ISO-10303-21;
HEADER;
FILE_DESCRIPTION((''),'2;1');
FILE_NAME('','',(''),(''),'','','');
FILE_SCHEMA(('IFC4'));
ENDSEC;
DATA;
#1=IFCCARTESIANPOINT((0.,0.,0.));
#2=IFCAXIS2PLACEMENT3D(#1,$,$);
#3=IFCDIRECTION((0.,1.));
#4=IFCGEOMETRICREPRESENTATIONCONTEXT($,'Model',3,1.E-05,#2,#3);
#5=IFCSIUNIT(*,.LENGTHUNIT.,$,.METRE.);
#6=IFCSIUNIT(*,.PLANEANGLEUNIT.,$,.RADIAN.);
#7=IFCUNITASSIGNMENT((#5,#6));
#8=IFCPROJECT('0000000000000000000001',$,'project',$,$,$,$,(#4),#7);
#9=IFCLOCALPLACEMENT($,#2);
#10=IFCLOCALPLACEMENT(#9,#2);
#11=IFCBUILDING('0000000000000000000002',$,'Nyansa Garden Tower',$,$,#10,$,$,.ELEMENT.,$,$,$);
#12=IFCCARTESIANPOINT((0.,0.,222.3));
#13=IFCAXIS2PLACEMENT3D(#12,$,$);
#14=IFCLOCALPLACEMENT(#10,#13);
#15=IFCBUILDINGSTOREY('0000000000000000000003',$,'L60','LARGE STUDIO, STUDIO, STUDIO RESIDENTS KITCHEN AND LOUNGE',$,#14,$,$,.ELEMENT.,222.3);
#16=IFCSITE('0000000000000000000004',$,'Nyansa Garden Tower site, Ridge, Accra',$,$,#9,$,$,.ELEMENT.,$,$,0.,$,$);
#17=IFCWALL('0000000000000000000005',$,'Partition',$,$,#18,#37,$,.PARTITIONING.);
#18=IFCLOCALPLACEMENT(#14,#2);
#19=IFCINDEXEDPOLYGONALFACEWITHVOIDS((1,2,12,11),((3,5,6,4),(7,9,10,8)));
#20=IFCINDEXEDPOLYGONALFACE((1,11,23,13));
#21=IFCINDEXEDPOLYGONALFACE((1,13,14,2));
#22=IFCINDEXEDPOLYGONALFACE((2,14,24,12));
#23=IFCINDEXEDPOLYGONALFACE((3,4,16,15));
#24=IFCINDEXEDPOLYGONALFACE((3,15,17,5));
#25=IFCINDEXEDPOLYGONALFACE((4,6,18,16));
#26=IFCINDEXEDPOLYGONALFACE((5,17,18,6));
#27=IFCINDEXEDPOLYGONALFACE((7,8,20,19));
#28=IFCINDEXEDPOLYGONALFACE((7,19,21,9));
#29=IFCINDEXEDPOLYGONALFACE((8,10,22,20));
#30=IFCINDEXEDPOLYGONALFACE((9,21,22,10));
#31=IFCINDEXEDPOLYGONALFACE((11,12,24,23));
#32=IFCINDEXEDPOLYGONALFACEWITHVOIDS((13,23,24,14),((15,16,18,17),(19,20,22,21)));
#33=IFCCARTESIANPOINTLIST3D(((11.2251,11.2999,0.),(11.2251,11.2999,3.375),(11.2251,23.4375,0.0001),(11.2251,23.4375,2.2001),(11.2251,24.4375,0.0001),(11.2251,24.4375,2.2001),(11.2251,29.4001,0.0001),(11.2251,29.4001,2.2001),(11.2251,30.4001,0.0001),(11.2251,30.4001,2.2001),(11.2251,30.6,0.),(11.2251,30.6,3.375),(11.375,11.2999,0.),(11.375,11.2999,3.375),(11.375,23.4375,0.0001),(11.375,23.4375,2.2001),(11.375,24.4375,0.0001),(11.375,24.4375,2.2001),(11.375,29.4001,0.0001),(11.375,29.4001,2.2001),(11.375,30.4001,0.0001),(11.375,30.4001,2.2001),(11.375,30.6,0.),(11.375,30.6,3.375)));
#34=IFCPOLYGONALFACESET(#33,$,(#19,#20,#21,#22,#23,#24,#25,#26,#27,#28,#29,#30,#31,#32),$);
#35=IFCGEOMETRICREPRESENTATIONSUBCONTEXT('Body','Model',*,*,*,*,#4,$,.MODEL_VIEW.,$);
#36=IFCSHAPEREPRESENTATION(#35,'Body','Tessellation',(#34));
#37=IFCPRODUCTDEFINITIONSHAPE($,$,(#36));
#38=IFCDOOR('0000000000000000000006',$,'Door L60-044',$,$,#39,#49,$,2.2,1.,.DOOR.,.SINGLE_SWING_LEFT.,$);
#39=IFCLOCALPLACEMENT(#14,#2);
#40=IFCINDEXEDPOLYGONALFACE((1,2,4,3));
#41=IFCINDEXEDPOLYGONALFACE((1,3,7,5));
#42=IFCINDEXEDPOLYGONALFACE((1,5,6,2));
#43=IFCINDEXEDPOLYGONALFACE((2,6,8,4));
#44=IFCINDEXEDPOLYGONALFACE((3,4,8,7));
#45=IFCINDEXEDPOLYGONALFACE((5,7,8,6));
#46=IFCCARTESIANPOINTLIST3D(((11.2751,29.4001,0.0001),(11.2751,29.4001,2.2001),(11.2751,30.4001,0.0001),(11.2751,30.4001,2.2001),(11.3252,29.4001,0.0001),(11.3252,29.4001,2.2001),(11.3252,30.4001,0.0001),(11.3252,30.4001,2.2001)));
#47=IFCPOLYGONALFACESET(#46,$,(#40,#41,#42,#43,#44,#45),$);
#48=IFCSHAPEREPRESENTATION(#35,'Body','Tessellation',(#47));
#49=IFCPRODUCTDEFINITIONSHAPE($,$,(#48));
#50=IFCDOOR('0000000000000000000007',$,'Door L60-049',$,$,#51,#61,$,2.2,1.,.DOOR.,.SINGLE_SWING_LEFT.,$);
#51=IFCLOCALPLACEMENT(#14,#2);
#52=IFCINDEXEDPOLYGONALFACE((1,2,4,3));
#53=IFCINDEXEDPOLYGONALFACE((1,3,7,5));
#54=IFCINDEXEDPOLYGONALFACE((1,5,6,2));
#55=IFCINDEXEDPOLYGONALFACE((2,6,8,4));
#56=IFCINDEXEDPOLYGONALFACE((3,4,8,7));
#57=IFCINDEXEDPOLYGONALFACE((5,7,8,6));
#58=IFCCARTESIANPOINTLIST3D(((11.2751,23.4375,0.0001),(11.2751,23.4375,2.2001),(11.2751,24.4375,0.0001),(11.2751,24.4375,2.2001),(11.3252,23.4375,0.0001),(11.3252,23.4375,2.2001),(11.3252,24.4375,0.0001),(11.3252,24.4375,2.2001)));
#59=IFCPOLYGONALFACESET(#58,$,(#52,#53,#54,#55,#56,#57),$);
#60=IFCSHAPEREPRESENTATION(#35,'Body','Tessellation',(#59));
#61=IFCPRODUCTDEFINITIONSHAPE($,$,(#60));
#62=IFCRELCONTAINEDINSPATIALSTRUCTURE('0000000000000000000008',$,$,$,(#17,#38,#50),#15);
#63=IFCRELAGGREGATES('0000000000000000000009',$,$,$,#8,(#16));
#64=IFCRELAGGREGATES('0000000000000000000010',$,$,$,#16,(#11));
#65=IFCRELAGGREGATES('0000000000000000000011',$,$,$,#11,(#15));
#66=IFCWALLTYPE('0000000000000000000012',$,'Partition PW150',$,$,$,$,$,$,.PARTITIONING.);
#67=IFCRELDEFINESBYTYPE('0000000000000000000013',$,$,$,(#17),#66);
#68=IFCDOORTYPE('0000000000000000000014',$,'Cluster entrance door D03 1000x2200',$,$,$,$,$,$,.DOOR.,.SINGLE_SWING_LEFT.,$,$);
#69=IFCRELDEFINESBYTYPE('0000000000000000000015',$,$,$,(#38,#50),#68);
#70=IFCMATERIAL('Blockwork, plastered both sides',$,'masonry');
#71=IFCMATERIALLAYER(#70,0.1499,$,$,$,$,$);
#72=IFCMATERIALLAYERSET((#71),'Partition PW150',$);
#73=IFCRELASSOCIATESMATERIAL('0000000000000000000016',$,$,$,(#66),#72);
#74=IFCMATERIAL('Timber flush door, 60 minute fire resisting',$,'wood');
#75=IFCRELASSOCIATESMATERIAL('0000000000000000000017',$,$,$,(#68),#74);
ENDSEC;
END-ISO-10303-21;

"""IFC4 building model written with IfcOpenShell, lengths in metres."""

from ifc_helpers import new_model, si_unit, direction, frame, frame_2d, origin, place, context, subcontext, project, spatial, rectangle, extrude, material, layer, layer_set, type_object, element, fill, save


model = new_model("IFC4")

# Units and contexts
model_context = context("Model", 3, precision=1e-05, world=origin(), true_north=direction((0.0, 1.0)))
body_context = subcontext(model_context, "Body", "Model", "MODEL_VIEW")
ifc_project = project(units=[si_unit("LENGTHUNIT", "METRE"), si_unit("PLANEANGLEUNIT", "RADIAN")], contexts=[model_context])

# Site, building, storey
site_placement = place(None, origin())
site = spatial("IfcSite", under=ifc_project, at=site_placement, Name="Nyansa Garden Tower site, Ridge, Accra", CompositionType="ELEMENT", RefElevation=0.0)
building_placement = place(site_placement, origin())
building = spatial("IfcBuilding", under=site, at=building_placement, Name="Nyansa Garden Tower", CompositionType="ELEMENT")
storey_placement = place(building_placement, frame((0.0, 0.0, 222.3)))
storey = spatial("IfcBuildingStorey", under=building, at=storey_placement, Name="L60", Description="LARGE STUDIO, STUDIO, STUDIO RESIDENTS KITCHEN AND LOUNGE", CompositionType="ELEMENT", Elevation=222.3)

# Shared definitions
ifc_material_1 = material(Name="Blockwork, plastered both sides", Category="masonry")
ifc_layer_1 = layer(ifc_material_1, 0.1499)
ifc_layer_set_1 = layer_set([ifc_layer_1], Name="Partition PW150")
wall_type_1 = type_object("IfcWallType", Name="Partition PW150", PredefinedType="PARTITIONING", material=ifc_layer_set_1)

# Wall, openings, doors
wall_1_placement = place(storey_placement, frame((11.3, 11.3, 0.0), z_axis=(0.0, 0.0, 1.0), x_axis=(0.0, 1.0, 0.0)))
wall_1 = element("IfcWall", 1, at=wall_1_placement, inside=storey, type_object=wall_type_1, Name="Partition", PredefinedType="PARTITIONING", context=body_context, shape_type="SweptSolid", body=[
    extrude(rectangle(XDim=19.3, YDim=0.1499, at=frame_2d((9.6499, 0.0))), origin(), (0.0, 0.0, 1.0), 3.375),
])
opening_1_placement = place(wall_1_placement, frame((18.1001, 0.0, 0.0)))
opening_1 = element("IfcOpeningElement", 2, at=opening_1_placement, cuts=wall_1, PredefinedType="OPENING", context=body_context, shape_type="SweptSolid", body=[
    extrude(rectangle(XDim=1.0, YDim=2.2, at=frame_2d((0.5, 1.1001))), frame((0.0, 0.085, 0.0), z_axis=(0.0, -1.0, 0.0), x_axis=(1.0, 0.0, 0.0)), (0.0, 0.0, 1.0), 0.1699),
])
opening_2_placement = place(wall_1_placement, frame((12.1375, 0.0, 0.0)))
opening_2 = element("IfcOpeningElement", 3, at=opening_2_placement, cuts=wall_1, PredefinedType="OPENING", context=body_context, shape_type="SweptSolid", body=[
    extrude(rectangle(XDim=1.0, YDim=2.2, at=frame_2d((0.5, 1.1001))), frame((0.0, 0.085, 0.0), z_axis=(0.0, -1.0, 0.0), x_axis=(1.0, 0.0, 0.0)), (0.0, 0.0, 1.0), 0.1699),
])
ifc_material_2 = material(Name="Timber flush door, 60 minute fire resisting", Category="wood")
door_type_1 = type_object("IfcDoorType", Name="Cluster entrance door D03 1000x2200", OperationType="SINGLE_SWING_LEFT", PredefinedType="DOOR", material=ifc_material_2)
door_1_placement = place(opening_1_placement, origin())
door_1 = element("IfcDoor", 4, at=door_1_placement, inside=storey, type_object=door_type_1, Name="Door L60-044", OperationType="SINGLE_SWING_LEFT", OverallHeight=2.2, OverallWidth=1.0, PredefinedType="DOOR", context=body_context, shape_type="SweptSolid", body=[
    extrude(rectangle(XDim=1.0, YDim=2.2, at=frame_2d((0.5, 1.1001))), frame((0.0, 0.0249, 0.0), z_axis=(0.0, -1.0, 0.0), x_axis=(1.0, 0.0, 0.0)), (0.0, 0.0, 1.0), 0.05),
])
fill(opening_1, door_1)
door_2_placement = place(opening_2_placement, origin())
door_2 = element("IfcDoor", 5, at=door_2_placement, inside=storey, type_object=door_type_1, Name="Door L60-049", OperationType="SINGLE_SWING_LEFT", OverallHeight=2.2, OverallWidth=1.0, PredefinedType="DOOR", context=body_context, shape_type="SweptSolid", body=[
    extrude(rectangle(XDim=1.0, YDim=2.2, at=frame_2d((0.5, 1.1001))), frame((0.0, 0.0249, 0.0), z_axis=(0.0, -1.0, 0.0), x_axis=(1.0, 0.0, 0.0)), (0.0, 0.0, 1.0), 0.05),
])
fill(opening_2, door_2)

save(model, "model.ifc")
